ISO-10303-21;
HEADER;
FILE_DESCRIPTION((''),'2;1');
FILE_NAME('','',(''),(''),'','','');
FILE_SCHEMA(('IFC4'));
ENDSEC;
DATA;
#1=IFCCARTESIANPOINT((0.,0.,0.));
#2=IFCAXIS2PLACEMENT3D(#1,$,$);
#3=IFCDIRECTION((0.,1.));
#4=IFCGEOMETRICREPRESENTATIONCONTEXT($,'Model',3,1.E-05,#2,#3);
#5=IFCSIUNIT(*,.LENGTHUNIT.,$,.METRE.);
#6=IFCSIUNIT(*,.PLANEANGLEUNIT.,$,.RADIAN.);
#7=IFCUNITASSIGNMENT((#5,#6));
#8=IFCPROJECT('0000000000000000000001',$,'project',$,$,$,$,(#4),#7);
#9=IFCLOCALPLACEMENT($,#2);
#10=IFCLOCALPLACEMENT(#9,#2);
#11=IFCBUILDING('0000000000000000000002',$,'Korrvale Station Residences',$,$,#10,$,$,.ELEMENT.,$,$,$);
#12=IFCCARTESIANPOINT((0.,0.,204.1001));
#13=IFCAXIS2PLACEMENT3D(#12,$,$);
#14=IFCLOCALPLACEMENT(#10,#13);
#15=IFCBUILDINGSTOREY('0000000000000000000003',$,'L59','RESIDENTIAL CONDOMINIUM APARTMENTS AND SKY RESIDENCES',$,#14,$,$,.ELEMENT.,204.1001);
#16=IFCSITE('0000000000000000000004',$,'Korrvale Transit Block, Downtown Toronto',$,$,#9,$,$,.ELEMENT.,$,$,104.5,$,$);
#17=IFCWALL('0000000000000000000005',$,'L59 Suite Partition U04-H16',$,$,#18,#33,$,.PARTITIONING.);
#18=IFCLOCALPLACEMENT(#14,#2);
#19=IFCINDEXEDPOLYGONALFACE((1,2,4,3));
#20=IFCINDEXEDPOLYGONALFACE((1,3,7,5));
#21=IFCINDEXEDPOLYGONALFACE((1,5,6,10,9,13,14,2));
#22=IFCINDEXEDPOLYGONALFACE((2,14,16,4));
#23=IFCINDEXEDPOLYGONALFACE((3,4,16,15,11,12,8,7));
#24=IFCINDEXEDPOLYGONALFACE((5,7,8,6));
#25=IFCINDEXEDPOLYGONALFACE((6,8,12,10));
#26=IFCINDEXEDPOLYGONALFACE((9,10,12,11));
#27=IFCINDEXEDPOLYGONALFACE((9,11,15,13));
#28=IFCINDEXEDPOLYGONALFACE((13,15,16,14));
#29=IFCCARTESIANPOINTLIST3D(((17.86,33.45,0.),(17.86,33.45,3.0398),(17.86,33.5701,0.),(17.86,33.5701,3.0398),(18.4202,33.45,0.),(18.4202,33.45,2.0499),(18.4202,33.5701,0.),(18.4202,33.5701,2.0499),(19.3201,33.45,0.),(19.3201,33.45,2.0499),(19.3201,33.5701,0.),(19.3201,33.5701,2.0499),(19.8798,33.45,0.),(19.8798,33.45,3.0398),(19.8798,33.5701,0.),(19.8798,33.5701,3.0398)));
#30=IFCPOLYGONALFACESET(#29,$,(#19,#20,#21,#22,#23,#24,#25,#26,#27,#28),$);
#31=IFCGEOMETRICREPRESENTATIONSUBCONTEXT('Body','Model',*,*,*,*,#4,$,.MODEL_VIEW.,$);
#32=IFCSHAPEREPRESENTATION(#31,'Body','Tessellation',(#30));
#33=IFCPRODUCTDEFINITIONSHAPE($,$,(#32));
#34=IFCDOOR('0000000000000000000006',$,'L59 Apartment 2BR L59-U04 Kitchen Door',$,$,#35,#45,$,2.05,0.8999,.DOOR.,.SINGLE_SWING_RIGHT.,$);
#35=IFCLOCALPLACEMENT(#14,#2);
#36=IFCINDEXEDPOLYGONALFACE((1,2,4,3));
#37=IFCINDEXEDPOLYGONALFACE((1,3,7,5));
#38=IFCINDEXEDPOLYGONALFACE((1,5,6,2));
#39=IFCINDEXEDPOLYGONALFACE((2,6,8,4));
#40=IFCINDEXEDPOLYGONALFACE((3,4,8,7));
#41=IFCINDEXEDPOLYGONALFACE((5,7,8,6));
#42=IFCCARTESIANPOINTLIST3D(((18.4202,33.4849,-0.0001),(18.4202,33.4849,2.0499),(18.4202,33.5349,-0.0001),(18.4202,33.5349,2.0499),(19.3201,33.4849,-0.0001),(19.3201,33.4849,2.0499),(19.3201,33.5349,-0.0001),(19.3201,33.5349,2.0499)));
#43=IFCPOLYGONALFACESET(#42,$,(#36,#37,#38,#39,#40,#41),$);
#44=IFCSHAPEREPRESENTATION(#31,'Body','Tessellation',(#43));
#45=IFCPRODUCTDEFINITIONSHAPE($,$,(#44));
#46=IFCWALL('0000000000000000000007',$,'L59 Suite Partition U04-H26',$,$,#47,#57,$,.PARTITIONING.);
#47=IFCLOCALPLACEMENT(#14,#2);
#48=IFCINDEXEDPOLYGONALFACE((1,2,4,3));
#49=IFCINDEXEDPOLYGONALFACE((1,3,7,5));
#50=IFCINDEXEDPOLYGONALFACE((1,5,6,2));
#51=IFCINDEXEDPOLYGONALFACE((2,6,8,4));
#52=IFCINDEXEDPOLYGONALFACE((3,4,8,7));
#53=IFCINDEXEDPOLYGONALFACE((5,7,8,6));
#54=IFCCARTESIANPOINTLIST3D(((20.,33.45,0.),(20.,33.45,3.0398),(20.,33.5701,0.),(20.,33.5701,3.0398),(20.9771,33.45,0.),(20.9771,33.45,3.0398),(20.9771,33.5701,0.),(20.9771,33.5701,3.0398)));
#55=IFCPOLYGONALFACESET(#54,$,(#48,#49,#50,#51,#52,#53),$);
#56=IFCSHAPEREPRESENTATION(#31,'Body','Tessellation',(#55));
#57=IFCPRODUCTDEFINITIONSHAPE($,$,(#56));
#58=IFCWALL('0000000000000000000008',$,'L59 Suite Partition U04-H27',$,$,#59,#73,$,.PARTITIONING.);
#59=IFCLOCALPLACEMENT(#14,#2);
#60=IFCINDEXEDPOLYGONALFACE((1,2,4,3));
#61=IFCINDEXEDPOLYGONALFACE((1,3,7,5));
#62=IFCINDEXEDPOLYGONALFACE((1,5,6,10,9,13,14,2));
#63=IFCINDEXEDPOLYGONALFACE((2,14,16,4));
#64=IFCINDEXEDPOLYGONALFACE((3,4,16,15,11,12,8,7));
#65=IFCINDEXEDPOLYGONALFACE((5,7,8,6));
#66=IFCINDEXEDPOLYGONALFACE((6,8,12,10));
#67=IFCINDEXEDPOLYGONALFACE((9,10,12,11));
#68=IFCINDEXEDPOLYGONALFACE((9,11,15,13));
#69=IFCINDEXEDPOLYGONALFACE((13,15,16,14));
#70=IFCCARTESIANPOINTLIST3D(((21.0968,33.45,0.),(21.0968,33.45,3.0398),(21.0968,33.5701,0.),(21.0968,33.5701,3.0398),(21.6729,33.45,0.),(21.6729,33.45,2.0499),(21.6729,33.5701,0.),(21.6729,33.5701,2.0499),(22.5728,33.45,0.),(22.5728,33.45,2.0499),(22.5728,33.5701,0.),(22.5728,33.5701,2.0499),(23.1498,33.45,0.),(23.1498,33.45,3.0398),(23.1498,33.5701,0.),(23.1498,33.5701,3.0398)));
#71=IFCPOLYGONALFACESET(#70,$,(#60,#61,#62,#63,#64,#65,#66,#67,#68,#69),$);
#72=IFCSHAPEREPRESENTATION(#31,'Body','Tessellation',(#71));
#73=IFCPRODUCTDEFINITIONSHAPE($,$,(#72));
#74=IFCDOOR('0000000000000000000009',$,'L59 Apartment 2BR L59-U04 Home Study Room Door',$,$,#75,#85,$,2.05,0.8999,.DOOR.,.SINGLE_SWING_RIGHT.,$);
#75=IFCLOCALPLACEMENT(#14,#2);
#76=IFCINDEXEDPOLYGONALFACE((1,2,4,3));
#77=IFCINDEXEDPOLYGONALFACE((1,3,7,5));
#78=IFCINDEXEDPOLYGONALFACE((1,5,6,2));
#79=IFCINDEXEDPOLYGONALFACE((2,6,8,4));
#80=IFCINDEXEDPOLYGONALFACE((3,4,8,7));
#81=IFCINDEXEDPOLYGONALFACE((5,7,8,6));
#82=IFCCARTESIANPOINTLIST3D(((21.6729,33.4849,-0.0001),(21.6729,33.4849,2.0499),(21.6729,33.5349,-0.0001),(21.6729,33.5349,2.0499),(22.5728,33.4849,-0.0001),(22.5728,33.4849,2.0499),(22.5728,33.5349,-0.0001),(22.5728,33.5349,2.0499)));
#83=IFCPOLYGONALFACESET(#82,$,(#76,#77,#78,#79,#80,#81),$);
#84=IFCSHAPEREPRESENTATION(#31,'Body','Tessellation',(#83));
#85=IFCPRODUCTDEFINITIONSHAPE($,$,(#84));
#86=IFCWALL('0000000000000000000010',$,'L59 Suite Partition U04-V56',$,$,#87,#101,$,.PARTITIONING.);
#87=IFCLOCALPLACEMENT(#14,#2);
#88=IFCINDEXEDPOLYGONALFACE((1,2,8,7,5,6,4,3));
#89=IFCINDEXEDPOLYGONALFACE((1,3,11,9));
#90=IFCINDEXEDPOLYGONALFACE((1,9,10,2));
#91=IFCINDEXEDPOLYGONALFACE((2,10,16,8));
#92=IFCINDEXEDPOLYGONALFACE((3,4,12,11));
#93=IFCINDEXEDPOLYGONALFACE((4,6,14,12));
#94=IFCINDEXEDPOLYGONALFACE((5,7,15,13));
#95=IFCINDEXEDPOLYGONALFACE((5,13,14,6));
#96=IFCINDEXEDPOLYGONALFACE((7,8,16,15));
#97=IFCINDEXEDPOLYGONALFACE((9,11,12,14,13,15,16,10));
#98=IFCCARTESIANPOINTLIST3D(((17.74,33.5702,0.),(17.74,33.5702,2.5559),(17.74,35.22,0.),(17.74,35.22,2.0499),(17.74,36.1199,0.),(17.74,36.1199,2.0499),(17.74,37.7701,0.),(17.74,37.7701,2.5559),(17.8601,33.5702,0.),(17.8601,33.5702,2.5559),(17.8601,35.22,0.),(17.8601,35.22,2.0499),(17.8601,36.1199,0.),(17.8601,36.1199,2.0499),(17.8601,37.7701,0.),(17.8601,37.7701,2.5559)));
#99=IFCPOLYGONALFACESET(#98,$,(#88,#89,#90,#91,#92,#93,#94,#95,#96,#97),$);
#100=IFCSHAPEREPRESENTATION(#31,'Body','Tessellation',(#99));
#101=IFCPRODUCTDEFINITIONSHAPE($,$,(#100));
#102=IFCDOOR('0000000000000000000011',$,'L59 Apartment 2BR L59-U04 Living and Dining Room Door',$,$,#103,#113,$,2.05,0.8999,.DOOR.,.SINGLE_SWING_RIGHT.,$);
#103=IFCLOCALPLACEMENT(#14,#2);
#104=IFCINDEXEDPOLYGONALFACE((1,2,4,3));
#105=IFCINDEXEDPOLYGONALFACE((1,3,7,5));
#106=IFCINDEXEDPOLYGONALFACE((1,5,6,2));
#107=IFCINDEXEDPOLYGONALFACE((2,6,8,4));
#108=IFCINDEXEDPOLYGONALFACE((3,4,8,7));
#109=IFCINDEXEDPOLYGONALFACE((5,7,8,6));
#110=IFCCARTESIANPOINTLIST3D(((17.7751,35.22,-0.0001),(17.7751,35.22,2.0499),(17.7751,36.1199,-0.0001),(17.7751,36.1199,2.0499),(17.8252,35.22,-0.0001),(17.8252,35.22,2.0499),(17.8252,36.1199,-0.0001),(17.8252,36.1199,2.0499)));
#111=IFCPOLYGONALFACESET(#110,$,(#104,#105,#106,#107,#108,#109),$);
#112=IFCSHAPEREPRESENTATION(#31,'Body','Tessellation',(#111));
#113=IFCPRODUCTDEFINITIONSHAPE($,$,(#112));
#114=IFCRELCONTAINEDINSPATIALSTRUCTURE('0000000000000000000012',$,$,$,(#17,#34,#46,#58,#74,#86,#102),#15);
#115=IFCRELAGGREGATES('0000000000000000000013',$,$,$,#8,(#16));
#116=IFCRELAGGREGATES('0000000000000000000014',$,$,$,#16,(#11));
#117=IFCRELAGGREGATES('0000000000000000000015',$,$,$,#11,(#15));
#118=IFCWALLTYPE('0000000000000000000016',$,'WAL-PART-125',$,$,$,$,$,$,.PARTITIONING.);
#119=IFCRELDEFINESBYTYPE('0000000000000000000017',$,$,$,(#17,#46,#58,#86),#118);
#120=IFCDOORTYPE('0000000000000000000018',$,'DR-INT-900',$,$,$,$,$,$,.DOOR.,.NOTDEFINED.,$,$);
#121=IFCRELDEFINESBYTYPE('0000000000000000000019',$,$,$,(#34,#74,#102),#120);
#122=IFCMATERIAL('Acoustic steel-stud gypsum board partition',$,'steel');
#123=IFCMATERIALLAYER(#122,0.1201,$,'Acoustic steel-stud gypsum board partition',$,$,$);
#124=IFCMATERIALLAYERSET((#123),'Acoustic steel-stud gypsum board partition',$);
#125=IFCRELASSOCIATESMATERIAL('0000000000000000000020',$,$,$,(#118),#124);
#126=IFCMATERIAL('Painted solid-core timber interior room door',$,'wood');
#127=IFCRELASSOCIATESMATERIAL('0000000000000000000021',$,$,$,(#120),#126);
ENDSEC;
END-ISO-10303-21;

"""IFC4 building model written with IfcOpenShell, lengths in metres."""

from ifc_helpers import new_model, si_unit, direction, frame, frame_2d, origin, place, context, subcontext, project, spatial, rectangle, extrude, material, layer, layer_set, type_object, element, fill, save


model = new_model("IFC4")

# Units and contexts
model_context = context("Model", 3, precision=1e-05, world=origin(), true_north=direction((0.0, 1.0)))
body_context = subcontext(model_context, "Body", "Model", "MODEL_VIEW")
ifc_project = project(units=[si_unit("LENGTHUNIT", "METRE"), si_unit("PLANEANGLEUNIT", "RADIAN")], contexts=[model_context])

# Site, building, storey
site_placement = place(None, origin())
site = spatial("IfcSite", under=ifc_project, at=site_placement, Name="Korrvale Transit Block, Downtown Toronto", CompositionType="ELEMENT", RefElevation=104.5)
building_placement = place(site_placement, origin())
building = spatial("IfcBuilding", under=site, at=building_placement, Name="Korrvale Station Residences", CompositionType="ELEMENT")
storey_placement = place(building_placement, frame((0.0, 0.0, 204.1001)))
storey = spatial("IfcBuildingStorey", under=building, at=storey_placement, Name="L59", Description="RESIDENTIAL CONDOMINIUM APARTMENTS AND SKY RESIDENCES", CompositionType="ELEMENT", Elevation=204.1001)

# Wall, opening, door
ifc_material_1 = material(Name="Acoustic steel-stud gypsum board partition", Category="steel")
ifc_layer = layer(ifc_material_1, 0.1201, Name="Acoustic steel-stud gypsum board partition")
ifc_layer_set = layer_set([ifc_layer], Name="Acoustic steel-stud gypsum board partition")
wall_type = type_object("IfcWallType", Name="WAL-PART-125", PredefinedType="PARTITIONING", material=ifc_layer_set)
ifc_material_2 = material(Name="Painted solid-core timber interior room door", Category="wood")
door_type_1 = type_object("IfcDoorType", Name="DR-INT-900", OperationType="NOTDEFINED", PredefinedType="DOOR", material=ifc_material_2)
wall_1_placement = place(storey_placement, frame((17.8601, 33.51, 0.0), z_axis=(0.0, 0.0, 1.0), x_axis=(1.0, 0.0, 0.0)))
wall_1 = element("IfcWall", 1, at=wall_1_placement, inside=storey, type_object=wall_type, Name="L59 Suite Partition U04-H16", PredefinedType="PARTITIONING", context=body_context, shape_type="SweptSolid", body=[
    extrude(rectangle(XDim=2.0198, YDim=0.1201, at=frame_2d((1.0098, 0.0))), origin(), (0.0, 0.0, 1.0), 3.0398),
])
opening_1_placement = place(wall_1_placement, frame((0.5601, 0.0, 0.0)))
opening_1 = element("IfcOpeningElement", 2, at=opening_1_placement, cuts=wall_1, PredefinedType="OPENING", context=body_context, shape_type="SweptSolid", body=[
    extrude(rectangle(XDim=0.8999, YDim=2.05, at=frame_2d((0.45, 1.0249))), frame((0.0, 0.0701, 0.0), z_axis=(0.0, -1.0, 0.0), x_axis=(1.0, 0.0, 0.0)), (0.0, 0.0, 1.0), 0.1401),
])
door_1_placement = place(opening_1_placement, origin())
door_1 = element("IfcDoor", 3, at=door_1_placement, inside=storey, type_object=door_type_1, Name="L59 Apartment 2BR L59-U04 Kitchen Door", OperationType="SINGLE_SWING_RIGHT", OverallHeight=2.05, OverallWidth=0.8999, PredefinedType="DOOR", context=body_context, shape_type="SweptSolid", body=[
    extrude(rectangle(XDim=0.8999, YDim=2.05, at=frame_2d((0.45, 1.0249))), frame((0.0, 0.0249, 0.0), z_axis=(0.0, -1.0, 0.0), x_axis=(1.0, 0.0, 0.0)), (0.0, 0.0, 1.0), 0.05),
])
fill(opening_1, door_1)

# Wall
wall_2_placement = place(storey_placement, frame((20.0, 33.51, 0.0), z_axis=(0.0, 0.0, 1.0), x_axis=(1.0, 0.0, 0.0)))
element("IfcWall", 4, at=wall_2_placement, inside=storey, type_object=wall_type, Name="L59 Suite Partition U04-H26", PredefinedType="PARTITIONING", context=body_context, shape_type="SweptSolid", body=[
    extrude(rectangle(XDim=0.9771, YDim=0.1201, at=frame_2d((0.4885, 0.0))), origin(), (0.0, 0.0, 1.0), 3.0398),
])

# Walls, openings, doors
wall_3_placement = place(storey_placement, frame((21.0969, 33.51, 0.0), z_axis=(0.0, 0.0, 1.0), x_axis=(1.0, 0.0, 0.0)))
wall_3 = element("IfcWall", 5, at=wall_3_placement, inside=storey, type_object=wall_type, Name="L59 Suite Partition U04-H27", PredefinedType="PARTITIONING", context=body_context, shape_type="SweptSolid", body=[
    extrude(rectangle(XDim=2.053, YDim=0.1201, at=frame_2d((1.0264, 0.0))), origin(), (0.0, 0.0, 1.0), 3.0398),
])
opening_2_placement = place(wall_3_placement, frame((0.5759, 0.0, 0.0)))
opening_2 = element("IfcOpeningElement", 6, at=opening_2_placement, cuts=wall_3, PredefinedType="OPENING", context=body_context, shape_type="SweptSolid", body=[
    extrude(rectangle(XDim=0.8999, YDim=2.05, at=frame_2d((0.45, 1.0249))), frame((0.0, 0.0701, 0.0), z_axis=(0.0, -1.0, 0.0), x_axis=(1.0, 0.0, 0.0)), (0.0, 0.0, 1.0), 0.1401),
])
door_2_placement = place(opening_2_placement, origin())
door_2 = element("IfcDoor", 7, at=door_2_placement, inside=storey, type_object=door_type_1, Name="L59 Apartment 2BR L59-U04 Home Study Room Door", OperationType="SINGLE_SWING_RIGHT", OverallHeight=2.05, OverallWidth=0.8999, PredefinedType="DOOR", context=body_context, shape_type="SweptSolid", body=[
    extrude(rectangle(XDim=0.8999, YDim=2.05, at=frame_2d((0.45, 1.0249))), frame((0.0, 0.0249, 0.0), z_axis=(0.0, -1.0, 0.0), x_axis=(1.0, 0.0, 0.0)), (0.0, 0.0, 1.0), 0.05),
])
fill(opening_2, door_2)
wall_4_placement = place(storey_placement, frame((17.8, 33.5701, 0.0), z_axis=(0.0, 0.0, 1.0), x_axis=(0.0, 1.0, 0.0)))
wall_4 = element("IfcWall", 8, at=wall_4_placement, inside=storey, type_object=wall_type, Name="L59 Suite Partition U04-V56", PredefinedType="PARTITIONING", context=body_context, shape_type="SweptSolid", body=[
    extrude(rectangle(XDim=4.2, YDim=0.1201, at=frame_2d((2.1001, 0.0))), origin(), (0.0, 0.0, 1.0), 2.5559),
])
opening_3_placement = place(wall_4_placement, frame((1.6499, 0.0, 0.0)))
opening_3 = element("IfcOpeningElement", 9, at=opening_3_placement, cuts=wall_4, PredefinedType="OPENING", context=body_context, shape_type="SweptSolid", body=[
    extrude(rectangle(XDim=0.8999, YDim=2.05, at=frame_2d((0.45, 1.0249))), frame((0.0, 0.0701, 0.0), z_axis=(0.0, -1.0, 0.0), x_axis=(1.0, 0.0, 0.0)), (0.0, 0.0, 1.0), 0.1401),
])
door_3_placement = place(opening_3_placement, origin())
door_3 = element("IfcDoor", 10, at=door_3_placement, inside=storey, type_object=door_type_1, Name="L59 Apartment 2BR L59-U04 Living and Dining Room Door", OperationType="SINGLE_SWING_RIGHT", OverallHeight=2.05, OverallWidth=0.8999, PredefinedType="DOOR", context=body_context, shape_type="SweptSolid", body=[
    extrude(rectangle(XDim=0.8999, YDim=2.05, at=frame_2d((0.45, 1.0249))), frame((0.0, 0.0249, 0.0), z_axis=(0.0, -1.0, 0.0), x_axis=(1.0, 0.0, 0.0)), (0.0, 0.0, 1.0), 0.05),
])
fill(opening_3, door_3)

save(model, "model.ifc")
